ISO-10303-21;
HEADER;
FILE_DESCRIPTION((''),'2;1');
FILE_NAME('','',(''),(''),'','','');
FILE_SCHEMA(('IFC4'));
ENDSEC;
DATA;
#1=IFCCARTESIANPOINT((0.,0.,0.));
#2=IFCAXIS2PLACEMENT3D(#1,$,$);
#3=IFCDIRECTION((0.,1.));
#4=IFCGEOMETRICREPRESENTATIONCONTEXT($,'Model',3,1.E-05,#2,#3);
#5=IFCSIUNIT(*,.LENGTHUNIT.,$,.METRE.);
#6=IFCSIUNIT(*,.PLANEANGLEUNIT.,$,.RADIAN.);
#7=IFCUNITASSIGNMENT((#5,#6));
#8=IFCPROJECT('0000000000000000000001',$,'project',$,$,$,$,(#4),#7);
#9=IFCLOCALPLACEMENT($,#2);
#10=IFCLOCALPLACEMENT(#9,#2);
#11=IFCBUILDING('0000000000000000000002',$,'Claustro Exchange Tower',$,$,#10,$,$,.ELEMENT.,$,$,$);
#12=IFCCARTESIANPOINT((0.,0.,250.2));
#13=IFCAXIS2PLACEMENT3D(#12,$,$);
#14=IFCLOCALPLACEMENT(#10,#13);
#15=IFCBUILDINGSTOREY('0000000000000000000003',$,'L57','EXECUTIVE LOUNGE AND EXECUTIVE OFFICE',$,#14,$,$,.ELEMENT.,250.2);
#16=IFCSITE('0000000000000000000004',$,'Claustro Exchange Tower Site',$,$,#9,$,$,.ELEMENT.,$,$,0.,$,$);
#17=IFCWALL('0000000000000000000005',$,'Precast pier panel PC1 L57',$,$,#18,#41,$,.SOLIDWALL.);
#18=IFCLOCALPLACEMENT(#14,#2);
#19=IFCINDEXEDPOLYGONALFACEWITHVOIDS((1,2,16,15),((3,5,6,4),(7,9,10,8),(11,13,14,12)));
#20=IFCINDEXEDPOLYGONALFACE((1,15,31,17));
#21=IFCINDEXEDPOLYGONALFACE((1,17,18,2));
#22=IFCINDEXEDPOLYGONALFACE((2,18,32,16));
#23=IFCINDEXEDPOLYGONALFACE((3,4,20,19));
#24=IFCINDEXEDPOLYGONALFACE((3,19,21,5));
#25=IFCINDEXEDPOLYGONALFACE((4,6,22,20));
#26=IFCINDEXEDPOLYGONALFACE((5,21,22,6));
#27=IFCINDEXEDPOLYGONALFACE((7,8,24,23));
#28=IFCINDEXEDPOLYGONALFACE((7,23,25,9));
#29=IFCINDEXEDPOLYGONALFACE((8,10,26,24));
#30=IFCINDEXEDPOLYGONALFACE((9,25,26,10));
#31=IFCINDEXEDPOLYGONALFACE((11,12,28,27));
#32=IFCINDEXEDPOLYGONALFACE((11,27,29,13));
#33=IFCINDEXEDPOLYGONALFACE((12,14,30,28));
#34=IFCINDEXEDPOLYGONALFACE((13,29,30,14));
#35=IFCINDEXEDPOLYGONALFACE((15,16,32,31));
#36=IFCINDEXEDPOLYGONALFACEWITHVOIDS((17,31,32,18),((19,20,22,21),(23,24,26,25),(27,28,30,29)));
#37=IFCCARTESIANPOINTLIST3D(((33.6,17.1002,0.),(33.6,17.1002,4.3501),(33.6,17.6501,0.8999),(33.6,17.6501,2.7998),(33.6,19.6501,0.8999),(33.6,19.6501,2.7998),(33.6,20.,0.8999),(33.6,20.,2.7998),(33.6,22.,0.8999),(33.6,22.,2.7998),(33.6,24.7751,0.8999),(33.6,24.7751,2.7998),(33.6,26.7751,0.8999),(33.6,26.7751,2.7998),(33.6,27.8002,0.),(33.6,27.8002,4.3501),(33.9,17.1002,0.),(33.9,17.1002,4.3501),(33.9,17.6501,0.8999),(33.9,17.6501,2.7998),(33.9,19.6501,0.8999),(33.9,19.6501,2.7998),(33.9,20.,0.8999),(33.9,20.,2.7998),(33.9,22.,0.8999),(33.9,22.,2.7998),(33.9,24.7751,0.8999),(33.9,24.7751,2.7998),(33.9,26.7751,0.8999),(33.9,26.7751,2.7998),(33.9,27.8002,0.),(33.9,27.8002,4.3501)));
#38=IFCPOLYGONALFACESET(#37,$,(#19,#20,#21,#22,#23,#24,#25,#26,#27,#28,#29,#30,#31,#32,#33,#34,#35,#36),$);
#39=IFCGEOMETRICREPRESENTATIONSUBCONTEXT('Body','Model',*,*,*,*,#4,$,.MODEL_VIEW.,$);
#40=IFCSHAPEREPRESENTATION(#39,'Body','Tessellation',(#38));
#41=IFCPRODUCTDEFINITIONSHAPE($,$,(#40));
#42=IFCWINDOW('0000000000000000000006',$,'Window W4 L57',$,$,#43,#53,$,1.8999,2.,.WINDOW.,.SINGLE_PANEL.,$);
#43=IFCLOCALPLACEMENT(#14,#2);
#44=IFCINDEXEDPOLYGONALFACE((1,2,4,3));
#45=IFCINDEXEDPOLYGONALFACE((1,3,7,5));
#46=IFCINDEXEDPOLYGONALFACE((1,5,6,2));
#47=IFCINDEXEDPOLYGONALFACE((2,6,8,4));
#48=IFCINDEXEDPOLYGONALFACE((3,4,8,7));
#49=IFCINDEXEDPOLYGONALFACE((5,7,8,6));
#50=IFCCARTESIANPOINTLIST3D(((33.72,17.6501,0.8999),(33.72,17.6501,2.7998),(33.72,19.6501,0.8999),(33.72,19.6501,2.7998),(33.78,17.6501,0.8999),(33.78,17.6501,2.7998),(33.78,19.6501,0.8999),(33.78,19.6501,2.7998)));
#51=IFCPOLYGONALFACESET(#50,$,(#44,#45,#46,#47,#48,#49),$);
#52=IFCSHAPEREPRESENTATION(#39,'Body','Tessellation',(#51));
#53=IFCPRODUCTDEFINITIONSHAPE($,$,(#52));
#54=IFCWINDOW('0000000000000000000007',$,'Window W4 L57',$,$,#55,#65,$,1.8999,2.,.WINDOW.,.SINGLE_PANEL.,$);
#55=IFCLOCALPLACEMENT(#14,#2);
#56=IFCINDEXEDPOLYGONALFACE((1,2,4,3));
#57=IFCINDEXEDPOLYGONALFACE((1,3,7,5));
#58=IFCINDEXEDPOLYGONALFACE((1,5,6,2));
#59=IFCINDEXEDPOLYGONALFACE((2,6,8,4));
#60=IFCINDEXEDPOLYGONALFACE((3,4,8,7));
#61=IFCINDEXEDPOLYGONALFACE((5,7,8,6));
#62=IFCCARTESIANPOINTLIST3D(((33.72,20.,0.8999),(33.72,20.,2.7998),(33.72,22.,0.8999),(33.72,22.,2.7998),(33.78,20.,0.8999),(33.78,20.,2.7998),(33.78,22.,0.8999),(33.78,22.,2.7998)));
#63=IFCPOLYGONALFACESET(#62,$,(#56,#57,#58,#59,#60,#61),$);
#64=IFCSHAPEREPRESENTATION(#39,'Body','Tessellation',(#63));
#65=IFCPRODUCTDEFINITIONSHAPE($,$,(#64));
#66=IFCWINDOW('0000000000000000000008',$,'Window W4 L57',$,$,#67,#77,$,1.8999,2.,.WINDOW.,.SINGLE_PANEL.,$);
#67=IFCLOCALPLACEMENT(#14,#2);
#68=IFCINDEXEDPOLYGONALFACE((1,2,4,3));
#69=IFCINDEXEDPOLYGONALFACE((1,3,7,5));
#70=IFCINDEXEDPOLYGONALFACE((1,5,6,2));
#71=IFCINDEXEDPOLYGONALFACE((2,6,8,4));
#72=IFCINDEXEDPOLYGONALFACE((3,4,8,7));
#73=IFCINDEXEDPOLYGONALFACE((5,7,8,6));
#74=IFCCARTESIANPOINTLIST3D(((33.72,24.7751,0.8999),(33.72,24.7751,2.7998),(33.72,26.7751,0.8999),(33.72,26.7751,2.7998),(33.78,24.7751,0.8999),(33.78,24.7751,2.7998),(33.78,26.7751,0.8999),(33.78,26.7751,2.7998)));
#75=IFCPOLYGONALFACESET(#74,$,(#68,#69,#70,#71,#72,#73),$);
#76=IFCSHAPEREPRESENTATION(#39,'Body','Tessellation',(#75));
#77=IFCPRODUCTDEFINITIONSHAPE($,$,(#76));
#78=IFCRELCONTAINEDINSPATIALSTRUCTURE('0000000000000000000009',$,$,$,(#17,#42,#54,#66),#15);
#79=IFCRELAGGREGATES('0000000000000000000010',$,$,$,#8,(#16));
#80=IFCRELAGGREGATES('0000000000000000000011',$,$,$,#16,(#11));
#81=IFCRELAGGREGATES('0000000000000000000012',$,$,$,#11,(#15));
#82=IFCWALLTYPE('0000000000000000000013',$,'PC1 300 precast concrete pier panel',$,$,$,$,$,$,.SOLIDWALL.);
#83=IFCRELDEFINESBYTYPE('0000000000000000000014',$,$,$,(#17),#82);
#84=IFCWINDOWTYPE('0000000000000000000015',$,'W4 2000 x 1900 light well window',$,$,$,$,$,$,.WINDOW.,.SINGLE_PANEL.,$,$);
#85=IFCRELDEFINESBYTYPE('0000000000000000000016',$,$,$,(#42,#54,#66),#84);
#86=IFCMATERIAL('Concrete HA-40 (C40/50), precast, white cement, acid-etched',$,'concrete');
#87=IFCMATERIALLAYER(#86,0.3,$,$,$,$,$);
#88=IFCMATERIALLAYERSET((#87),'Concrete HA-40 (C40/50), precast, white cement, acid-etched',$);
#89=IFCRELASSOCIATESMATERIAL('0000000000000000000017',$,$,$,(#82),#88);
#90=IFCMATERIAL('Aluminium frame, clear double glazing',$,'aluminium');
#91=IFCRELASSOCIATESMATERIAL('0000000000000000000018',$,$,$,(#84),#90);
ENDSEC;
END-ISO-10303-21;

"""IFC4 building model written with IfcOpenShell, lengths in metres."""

from ifc_helpers import new_model, si_unit, direction, frame, frame_2d, origin, place, context, subcontext, project, spatial, rectangle, extrude, material, layer, layer_set, type_object, element, fill, save


model = new_model("IFC4")

# Units and contexts
model_context = context("Model", 3, precision=1e-05, world=origin(), true_north=direction((0.0, 1.0)))
body_context = subcontext(model_context, "Body", "Model", "MODEL_VIEW")
ifc_project = project(units=[si_unit("LENGTHUNIT", "METRE"), si_unit("PLANEANGLEUNIT", "RADIAN")], contexts=[model_context])

# Site, building, storey
site_placement = place(None, origin())
site = spatial("IfcSite", under=ifc_project, at=site_placement, Name="Claustro Exchange Tower Site", CompositionType="ELEMENT", RefElevation=0.0)
building_placement = place(site_placement, origin())
building = spatial("IfcBuilding", under=site, at=building_placement, Name="Claustro Exchange Tower", CompositionType="ELEMENT")
storey_placement = place(building_placement, frame((0.0, 0.0, 250.2)))
storey = spatial("IfcBuildingStorey", under=building, at=storey_placement, Name="L57", Description="EXECUTIVE LOUNGE AND EXECUTIVE OFFICE", CompositionType="ELEMENT", Elevation=250.2)

# Wall, openings, windows
ifc_material_1 = material(Name="Concrete HA-40 (C40/50), precast, white cement, acid-etched", Category="concrete")
ifc_layer_1 = layer(ifc_material_1, 0.3)
ifc_layer_set_1 = layer_set([ifc_layer_1], Name="Concrete HA-40 (C40/50), precast, white cement, acid-etched")
wall_type_1 = type_object("IfcWallType", Name="PC1 300 precast concrete pier panel", PredefinedType="SOLIDWALL", material=ifc_layer_set_1)
wall_1_placement = place(storey_placement, frame((33.75, 17.1001, 0.0), z_axis=(0.0, 0.0, 1.0), x_axis=(0.0, 1.0, 0.0)))
wall_1 = element("IfcWall", 1, at=wall_1_placement, inside=storey, type_object=wall_type_1, Name="Precast pier panel PC1 L57", PredefinedType="SOLIDWALL", context=body_context, shape_type="SweptSolid", body=[
    extrude(rectangle(XDim=10.7, YDim=0.3, at=frame_2d((5.3501, 0.0))), origin(), (0.0, 0.0, 1.0), 4.3501),
])
opening_1_placement = place(wall_1_placement, frame((0.55, 0.0, 0.8999)))
opening_1 = element("IfcOpeningElement", 2, at=opening_1_placement, cuts=wall_1, PredefinedType="OPENING", context=body_context, shape_type="SweptSolid", body=[
    extrude(rectangle(XDim=2.0, YDim=1.8999, at=frame_2d((1.0, 0.95))), frame((0.0, 0.1599, 0.0), z_axis=(0.0, -1.0, 0.0), x_axis=(1.0, 0.0, 0.0)), (0.0, 0.0, 1.0), 0.3201),
])
opening_2_placement = place(wall_1_placement, frame((2.8999, 0.0, 0.8999)))
opening_2 = element("IfcOpeningElement", 3, at=opening_2_placement, cuts=wall_1, PredefinedType="OPENING", context=body_context, shape_type="SweptSolid", body=[
    extrude(rectangle(XDim=2.0, YDim=1.8999, at=frame_2d((1.0, 0.95))), frame((0.0, 0.1599, 0.0), z_axis=(0.0, -1.0, 0.0), x_axis=(1.0, 0.0, 0.0)), (0.0, 0.0, 1.0), 0.3201),
])
opening_3_placement = place(wall_1_placement, frame((7.675, 0.0, 0.8999)))
opening_3 = element("IfcOpeningElement", 4, at=opening_3_placement, cuts=wall_1, PredefinedType="OPENING", context=body_context, shape_type="SweptSolid", body=[
    extrude(rectangle(XDim=2.0, YDim=1.8999, at=frame_2d((1.0, 0.95))), frame((0.0, 0.1599, 0.0), z_axis=(0.0, -1.0, 0.0), x_axis=(1.0, 0.0, 0.0)), (0.0, 0.0, 1.0), 0.3201),
])
ifc_material_2 = material(Name="Aluminium frame, clear double glazing", Category="aluminium")
window_type = type_object("IfcWindowType", Name="W4 2000 x 1900 light well window", PartitioningType="SINGLE_PANEL", PredefinedType="WINDOW", material=ifc_material_2)
window_1_placement = place(opening_1_placement, origin())
window_1 = element("IfcWindow", 5, at=window_1_placement, inside=storey, type_object=window_type, Name="Window W4 L57", OverallHeight=1.8999, OverallWidth=2.0, PartitioningType="SINGLE_PANEL", PredefinedType="WINDOW", context=body_context, shape_type="SweptSolid", body=[
    extrude(rectangle(XDim=2.0, YDim=1.8999, at=frame_2d((1.0, 0.95))), frame((0.0, 0.03, 0.0), z_axis=(0.0, -1.0, 0.0), x_axis=(1.0, 0.0, 0.0)), (0.0, 0.0, 1.0), 0.0601),
])
fill(opening_1, window_1)
window_2_placement = place(opening_2_placement, origin())
window_2 = element("IfcWindow", 6, at=window_2_placement, inside=storey, type_object=window_type, Name="Window W4 L57", OverallHeight=1.8999, OverallWidth=2.0, PartitioningType="SINGLE_PANEL", PredefinedType="WINDOW", context=body_context, shape_type="SweptSolid", body=[
    extrude(rectangle(XDim=2.0, YDim=1.8999, at=frame_2d((1.0, 0.95))), frame((0.0, 0.03, 0.0), z_axis=(0.0, -1.0, 0.0), x_axis=(1.0, 0.0, 0.0)), (0.0, 0.0, 1.0), 0.0601),
])
fill(opening_2, window_2)
window_3_placement = place(opening_3_placement, origin())
window_3 = element("IfcWindow", 7, at=window_3_placement, inside=storey, type_object=window_type, Name="Window W4 L57", OverallHeight=1.8999, OverallWidth=2.0, PartitioningType="SINGLE_PANEL", PredefinedType="WINDOW", context=body_context, shape_type="SweptSolid", body=[
    extrude(rectangle(XDim=2.0, YDim=1.8999, at=frame_2d((1.0, 0.95))), frame((0.0, 0.03, 0.0), z_axis=(0.0, -1.0, 0.0), x_axis=(1.0, 0.0, 0.0)), (0.0, 0.0, 1.0), 0.0601),
])
fill(opening_3, window_3)

save(model, "model.ifc")
